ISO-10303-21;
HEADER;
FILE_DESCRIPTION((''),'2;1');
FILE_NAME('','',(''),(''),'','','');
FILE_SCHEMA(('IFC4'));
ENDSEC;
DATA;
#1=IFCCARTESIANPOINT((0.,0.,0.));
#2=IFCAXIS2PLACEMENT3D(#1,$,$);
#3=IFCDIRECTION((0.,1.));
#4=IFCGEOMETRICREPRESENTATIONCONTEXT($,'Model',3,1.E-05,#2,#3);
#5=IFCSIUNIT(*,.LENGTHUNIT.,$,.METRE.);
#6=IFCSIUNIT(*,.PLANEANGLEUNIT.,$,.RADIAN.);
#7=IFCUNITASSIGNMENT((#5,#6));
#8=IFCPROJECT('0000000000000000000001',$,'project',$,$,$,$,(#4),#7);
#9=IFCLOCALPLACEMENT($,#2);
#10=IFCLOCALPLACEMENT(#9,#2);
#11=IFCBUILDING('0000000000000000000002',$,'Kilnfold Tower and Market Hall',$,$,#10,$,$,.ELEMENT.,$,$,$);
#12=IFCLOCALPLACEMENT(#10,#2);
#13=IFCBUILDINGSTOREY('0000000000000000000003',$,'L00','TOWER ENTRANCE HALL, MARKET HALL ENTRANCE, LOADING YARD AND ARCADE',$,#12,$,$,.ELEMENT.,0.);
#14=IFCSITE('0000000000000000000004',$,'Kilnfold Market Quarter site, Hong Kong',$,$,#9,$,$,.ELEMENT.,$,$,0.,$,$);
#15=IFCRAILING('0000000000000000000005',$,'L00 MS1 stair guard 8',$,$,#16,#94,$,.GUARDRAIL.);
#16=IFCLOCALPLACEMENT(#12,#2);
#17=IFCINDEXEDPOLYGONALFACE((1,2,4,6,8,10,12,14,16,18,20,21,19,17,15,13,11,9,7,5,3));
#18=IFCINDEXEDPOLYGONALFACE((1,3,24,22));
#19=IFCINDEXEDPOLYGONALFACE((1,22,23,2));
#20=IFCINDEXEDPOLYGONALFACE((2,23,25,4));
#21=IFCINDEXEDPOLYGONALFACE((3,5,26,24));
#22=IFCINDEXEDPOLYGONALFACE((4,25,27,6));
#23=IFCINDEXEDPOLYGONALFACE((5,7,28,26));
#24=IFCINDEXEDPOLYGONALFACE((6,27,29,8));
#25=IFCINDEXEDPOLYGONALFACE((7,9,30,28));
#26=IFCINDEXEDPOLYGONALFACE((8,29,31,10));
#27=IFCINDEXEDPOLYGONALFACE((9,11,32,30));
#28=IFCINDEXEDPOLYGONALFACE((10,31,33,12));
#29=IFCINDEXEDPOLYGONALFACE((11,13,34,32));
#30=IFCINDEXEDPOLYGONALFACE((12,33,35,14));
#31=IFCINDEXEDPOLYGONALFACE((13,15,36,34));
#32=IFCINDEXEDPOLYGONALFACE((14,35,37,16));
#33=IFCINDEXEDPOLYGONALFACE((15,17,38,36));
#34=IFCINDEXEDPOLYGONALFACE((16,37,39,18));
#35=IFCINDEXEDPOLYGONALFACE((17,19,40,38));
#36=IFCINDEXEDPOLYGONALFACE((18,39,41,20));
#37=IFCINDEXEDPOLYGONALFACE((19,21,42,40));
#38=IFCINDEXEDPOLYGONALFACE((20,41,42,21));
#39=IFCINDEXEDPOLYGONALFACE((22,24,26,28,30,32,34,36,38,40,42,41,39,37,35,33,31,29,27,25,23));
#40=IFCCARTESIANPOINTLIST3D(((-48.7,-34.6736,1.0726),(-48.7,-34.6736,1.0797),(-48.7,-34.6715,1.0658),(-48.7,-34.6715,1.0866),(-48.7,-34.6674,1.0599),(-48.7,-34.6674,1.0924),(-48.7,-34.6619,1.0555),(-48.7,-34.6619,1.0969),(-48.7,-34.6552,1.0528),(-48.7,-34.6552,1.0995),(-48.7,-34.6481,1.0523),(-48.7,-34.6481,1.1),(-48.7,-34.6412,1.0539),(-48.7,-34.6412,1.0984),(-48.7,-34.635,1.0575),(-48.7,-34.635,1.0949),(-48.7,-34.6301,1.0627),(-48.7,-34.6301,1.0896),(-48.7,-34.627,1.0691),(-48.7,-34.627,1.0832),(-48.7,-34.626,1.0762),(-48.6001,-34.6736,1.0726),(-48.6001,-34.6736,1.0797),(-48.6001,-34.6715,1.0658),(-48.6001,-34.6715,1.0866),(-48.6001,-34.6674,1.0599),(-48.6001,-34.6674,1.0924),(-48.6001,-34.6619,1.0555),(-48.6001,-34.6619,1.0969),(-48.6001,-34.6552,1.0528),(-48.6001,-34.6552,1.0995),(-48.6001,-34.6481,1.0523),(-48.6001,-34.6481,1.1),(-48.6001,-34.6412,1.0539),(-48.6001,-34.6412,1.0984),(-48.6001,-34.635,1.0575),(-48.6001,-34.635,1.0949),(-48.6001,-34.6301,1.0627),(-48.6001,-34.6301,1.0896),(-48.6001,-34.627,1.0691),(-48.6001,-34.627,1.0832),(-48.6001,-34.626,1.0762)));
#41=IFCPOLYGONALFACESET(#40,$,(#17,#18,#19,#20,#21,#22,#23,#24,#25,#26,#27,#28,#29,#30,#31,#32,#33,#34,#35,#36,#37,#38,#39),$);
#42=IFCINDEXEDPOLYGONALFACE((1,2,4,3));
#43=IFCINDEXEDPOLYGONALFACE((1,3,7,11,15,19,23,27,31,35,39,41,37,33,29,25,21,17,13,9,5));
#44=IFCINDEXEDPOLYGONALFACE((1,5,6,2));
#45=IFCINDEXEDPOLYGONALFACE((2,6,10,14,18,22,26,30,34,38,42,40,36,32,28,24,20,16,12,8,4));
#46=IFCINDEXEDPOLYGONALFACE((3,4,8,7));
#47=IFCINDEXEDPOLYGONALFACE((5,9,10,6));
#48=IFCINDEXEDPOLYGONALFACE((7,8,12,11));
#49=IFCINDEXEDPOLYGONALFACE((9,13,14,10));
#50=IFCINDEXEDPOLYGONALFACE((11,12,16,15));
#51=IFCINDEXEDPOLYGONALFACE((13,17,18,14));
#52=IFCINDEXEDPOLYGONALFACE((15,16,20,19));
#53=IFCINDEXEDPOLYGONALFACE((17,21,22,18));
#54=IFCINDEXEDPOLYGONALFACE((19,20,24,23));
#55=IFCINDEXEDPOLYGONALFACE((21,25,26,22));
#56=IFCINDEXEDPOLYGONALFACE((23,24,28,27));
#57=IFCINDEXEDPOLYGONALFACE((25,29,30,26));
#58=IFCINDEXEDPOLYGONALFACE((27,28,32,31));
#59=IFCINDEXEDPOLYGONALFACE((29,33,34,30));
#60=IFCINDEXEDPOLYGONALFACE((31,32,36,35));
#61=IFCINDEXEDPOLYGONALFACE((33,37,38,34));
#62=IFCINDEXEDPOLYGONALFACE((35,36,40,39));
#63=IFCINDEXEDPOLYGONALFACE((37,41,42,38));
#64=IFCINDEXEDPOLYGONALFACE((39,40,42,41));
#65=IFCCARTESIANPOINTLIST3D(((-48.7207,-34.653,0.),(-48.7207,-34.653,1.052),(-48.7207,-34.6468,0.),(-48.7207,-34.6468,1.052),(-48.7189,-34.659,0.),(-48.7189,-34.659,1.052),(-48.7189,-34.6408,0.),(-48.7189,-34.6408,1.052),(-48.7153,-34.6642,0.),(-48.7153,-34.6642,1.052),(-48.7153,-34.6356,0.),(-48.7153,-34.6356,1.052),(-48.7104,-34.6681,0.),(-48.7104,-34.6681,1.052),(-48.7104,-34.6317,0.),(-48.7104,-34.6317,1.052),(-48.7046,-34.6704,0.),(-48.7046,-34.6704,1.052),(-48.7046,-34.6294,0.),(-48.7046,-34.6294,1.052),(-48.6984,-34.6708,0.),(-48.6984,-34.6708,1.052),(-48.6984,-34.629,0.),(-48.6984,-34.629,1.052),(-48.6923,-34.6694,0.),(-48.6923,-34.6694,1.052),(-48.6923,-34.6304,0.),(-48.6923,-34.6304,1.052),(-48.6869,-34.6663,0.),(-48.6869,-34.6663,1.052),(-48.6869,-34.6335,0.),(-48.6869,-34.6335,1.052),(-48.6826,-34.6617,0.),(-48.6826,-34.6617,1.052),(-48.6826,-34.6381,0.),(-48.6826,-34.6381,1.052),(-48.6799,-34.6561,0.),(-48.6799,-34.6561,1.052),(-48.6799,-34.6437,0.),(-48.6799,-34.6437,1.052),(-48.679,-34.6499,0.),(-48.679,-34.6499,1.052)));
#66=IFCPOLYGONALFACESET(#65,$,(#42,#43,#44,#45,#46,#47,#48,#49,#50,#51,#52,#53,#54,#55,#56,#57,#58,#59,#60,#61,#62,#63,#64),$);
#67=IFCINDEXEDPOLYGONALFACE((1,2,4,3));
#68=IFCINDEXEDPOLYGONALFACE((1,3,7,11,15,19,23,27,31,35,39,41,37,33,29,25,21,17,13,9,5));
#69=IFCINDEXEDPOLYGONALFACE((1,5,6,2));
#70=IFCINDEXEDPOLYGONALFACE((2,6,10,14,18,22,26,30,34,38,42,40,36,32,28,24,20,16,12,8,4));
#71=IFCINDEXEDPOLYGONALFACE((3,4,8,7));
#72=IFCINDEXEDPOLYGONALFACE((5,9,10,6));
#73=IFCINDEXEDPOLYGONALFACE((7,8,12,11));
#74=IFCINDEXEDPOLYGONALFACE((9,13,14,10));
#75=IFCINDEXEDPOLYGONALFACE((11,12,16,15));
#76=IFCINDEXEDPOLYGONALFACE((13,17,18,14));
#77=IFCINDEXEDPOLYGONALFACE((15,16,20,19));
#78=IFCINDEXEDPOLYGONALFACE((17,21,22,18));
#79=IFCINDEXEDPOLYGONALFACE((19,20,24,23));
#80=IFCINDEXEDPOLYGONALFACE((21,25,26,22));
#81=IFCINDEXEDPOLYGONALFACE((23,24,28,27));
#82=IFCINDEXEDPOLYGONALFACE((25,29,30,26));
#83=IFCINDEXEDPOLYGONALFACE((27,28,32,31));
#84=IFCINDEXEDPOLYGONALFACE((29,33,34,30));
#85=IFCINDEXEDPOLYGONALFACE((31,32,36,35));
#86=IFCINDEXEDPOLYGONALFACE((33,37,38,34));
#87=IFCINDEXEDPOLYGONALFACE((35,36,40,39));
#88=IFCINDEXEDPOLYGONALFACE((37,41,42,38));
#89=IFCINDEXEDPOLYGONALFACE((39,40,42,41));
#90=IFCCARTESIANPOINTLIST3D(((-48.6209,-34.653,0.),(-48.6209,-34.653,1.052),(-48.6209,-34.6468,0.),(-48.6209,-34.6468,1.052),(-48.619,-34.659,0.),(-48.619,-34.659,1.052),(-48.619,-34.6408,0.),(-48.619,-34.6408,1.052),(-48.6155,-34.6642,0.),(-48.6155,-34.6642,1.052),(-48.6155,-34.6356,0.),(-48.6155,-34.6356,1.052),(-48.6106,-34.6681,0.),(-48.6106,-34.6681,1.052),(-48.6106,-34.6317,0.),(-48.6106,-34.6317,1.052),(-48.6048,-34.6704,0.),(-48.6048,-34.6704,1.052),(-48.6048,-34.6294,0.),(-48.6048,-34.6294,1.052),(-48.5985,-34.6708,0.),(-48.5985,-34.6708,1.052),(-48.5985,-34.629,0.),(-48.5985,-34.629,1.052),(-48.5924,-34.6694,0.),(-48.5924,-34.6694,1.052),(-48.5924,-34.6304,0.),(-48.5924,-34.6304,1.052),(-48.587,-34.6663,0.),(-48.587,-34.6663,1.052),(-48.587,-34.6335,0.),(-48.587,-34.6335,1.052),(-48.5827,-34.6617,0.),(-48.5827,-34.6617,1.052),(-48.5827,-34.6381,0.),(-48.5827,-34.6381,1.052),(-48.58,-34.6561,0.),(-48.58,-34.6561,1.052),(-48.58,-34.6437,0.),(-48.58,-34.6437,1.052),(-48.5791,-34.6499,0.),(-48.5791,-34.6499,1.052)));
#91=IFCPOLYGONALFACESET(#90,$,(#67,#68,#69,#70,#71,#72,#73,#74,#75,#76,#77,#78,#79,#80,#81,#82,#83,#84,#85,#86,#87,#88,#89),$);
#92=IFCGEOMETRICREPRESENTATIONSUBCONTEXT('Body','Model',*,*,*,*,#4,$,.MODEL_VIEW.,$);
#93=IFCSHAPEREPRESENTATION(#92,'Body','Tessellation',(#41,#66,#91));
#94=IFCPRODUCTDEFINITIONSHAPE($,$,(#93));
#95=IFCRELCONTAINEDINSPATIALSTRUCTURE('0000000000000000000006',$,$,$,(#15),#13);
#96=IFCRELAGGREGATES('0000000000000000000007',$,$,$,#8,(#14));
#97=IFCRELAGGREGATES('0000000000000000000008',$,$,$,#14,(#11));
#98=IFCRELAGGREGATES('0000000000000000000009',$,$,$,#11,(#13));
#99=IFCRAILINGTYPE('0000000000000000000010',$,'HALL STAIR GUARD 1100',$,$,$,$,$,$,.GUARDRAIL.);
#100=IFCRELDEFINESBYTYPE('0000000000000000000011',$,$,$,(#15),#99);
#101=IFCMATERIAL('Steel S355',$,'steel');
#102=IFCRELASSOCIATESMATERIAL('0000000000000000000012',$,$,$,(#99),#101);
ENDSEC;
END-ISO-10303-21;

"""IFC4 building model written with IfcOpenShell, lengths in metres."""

from ifc_helpers import new_model, si_unit, direction, frame, origin, origin_2d, place, context, subcontext, project, spatial, circle, extrude, material, type_object, element, save


model = new_model("IFC4")

# Units and contexts
model_context = context("Model", 3, precision=1e-05, world=origin(), true_north=direction((0.0, 1.0)))
body_context = subcontext(model_context, "Body", "Model", "MODEL_VIEW")
ifc_project = project(units=[si_unit("LENGTHUNIT", "METRE"), si_unit("PLANEANGLEUNIT", "RADIAN")], contexts=[model_context])

# Site, building, storey
site_placement = place(None, origin())
site = spatial("IfcSite", under=ifc_project, at=site_placement, Name="Kilnfold Market Quarter site, Hong Kong", CompositionType="ELEMENT", RefElevation=0.0)
building_placement = place(site_placement, origin())
building = spatial("IfcBuilding", under=site, at=building_placement, Name="Kilnfold Tower and Market Hall", CompositionType="ELEMENT")
storey_placement = place(building_placement, origin())
storey = spatial("IfcBuildingStorey", under=building, at=storey_placement, Name="L00", Description="TOWER ENTRANCE HALL, MARKET HALL ENTRANCE, LOADING YARD AND ARCADE", CompositionType="ELEMENT", Elevation=0.0)

# Railing
ifc_material_1 = material(Name="Steel S355", Category="steel")
railing_type_1 = type_object("IfcRailingType", Name="HALL STAIR GUARD 1100", PredefinedType="GUARDRAIL", material=ifc_material_1)
railing_placement = place(storey_placement, frame((-48.7, -34.6499, 0.0)))
element("IfcRailing", 1, at=railing_placement, inside=storey, type_object=railing_type_1, Name="L00 MS1 stair guard 8", PredefinedType="GUARDRAIL", context=body_context, shape_type="SweptSolid", body=[
    extrude(circle(Radius=0.0239, at=origin_2d()), frame((0.0, 0.0, 1.0762), z_axis=(1.0, 0.0, 0.0), x_axis=(0.0, 1.0, 0.0)), (0.0, 0.0, 1.0), 0.0999),
    extrude(circle(Radius=0.021, at=origin_2d()), origin(), (0.0, 0.0, 1.0), 1.052),
    extrude(circle(Radius=0.021, at=origin_2d()), frame((0.0999, 0.0, 0.0)), (0.0, 0.0, 1.0), 1.052),
])

save(model, "model.ifc")
